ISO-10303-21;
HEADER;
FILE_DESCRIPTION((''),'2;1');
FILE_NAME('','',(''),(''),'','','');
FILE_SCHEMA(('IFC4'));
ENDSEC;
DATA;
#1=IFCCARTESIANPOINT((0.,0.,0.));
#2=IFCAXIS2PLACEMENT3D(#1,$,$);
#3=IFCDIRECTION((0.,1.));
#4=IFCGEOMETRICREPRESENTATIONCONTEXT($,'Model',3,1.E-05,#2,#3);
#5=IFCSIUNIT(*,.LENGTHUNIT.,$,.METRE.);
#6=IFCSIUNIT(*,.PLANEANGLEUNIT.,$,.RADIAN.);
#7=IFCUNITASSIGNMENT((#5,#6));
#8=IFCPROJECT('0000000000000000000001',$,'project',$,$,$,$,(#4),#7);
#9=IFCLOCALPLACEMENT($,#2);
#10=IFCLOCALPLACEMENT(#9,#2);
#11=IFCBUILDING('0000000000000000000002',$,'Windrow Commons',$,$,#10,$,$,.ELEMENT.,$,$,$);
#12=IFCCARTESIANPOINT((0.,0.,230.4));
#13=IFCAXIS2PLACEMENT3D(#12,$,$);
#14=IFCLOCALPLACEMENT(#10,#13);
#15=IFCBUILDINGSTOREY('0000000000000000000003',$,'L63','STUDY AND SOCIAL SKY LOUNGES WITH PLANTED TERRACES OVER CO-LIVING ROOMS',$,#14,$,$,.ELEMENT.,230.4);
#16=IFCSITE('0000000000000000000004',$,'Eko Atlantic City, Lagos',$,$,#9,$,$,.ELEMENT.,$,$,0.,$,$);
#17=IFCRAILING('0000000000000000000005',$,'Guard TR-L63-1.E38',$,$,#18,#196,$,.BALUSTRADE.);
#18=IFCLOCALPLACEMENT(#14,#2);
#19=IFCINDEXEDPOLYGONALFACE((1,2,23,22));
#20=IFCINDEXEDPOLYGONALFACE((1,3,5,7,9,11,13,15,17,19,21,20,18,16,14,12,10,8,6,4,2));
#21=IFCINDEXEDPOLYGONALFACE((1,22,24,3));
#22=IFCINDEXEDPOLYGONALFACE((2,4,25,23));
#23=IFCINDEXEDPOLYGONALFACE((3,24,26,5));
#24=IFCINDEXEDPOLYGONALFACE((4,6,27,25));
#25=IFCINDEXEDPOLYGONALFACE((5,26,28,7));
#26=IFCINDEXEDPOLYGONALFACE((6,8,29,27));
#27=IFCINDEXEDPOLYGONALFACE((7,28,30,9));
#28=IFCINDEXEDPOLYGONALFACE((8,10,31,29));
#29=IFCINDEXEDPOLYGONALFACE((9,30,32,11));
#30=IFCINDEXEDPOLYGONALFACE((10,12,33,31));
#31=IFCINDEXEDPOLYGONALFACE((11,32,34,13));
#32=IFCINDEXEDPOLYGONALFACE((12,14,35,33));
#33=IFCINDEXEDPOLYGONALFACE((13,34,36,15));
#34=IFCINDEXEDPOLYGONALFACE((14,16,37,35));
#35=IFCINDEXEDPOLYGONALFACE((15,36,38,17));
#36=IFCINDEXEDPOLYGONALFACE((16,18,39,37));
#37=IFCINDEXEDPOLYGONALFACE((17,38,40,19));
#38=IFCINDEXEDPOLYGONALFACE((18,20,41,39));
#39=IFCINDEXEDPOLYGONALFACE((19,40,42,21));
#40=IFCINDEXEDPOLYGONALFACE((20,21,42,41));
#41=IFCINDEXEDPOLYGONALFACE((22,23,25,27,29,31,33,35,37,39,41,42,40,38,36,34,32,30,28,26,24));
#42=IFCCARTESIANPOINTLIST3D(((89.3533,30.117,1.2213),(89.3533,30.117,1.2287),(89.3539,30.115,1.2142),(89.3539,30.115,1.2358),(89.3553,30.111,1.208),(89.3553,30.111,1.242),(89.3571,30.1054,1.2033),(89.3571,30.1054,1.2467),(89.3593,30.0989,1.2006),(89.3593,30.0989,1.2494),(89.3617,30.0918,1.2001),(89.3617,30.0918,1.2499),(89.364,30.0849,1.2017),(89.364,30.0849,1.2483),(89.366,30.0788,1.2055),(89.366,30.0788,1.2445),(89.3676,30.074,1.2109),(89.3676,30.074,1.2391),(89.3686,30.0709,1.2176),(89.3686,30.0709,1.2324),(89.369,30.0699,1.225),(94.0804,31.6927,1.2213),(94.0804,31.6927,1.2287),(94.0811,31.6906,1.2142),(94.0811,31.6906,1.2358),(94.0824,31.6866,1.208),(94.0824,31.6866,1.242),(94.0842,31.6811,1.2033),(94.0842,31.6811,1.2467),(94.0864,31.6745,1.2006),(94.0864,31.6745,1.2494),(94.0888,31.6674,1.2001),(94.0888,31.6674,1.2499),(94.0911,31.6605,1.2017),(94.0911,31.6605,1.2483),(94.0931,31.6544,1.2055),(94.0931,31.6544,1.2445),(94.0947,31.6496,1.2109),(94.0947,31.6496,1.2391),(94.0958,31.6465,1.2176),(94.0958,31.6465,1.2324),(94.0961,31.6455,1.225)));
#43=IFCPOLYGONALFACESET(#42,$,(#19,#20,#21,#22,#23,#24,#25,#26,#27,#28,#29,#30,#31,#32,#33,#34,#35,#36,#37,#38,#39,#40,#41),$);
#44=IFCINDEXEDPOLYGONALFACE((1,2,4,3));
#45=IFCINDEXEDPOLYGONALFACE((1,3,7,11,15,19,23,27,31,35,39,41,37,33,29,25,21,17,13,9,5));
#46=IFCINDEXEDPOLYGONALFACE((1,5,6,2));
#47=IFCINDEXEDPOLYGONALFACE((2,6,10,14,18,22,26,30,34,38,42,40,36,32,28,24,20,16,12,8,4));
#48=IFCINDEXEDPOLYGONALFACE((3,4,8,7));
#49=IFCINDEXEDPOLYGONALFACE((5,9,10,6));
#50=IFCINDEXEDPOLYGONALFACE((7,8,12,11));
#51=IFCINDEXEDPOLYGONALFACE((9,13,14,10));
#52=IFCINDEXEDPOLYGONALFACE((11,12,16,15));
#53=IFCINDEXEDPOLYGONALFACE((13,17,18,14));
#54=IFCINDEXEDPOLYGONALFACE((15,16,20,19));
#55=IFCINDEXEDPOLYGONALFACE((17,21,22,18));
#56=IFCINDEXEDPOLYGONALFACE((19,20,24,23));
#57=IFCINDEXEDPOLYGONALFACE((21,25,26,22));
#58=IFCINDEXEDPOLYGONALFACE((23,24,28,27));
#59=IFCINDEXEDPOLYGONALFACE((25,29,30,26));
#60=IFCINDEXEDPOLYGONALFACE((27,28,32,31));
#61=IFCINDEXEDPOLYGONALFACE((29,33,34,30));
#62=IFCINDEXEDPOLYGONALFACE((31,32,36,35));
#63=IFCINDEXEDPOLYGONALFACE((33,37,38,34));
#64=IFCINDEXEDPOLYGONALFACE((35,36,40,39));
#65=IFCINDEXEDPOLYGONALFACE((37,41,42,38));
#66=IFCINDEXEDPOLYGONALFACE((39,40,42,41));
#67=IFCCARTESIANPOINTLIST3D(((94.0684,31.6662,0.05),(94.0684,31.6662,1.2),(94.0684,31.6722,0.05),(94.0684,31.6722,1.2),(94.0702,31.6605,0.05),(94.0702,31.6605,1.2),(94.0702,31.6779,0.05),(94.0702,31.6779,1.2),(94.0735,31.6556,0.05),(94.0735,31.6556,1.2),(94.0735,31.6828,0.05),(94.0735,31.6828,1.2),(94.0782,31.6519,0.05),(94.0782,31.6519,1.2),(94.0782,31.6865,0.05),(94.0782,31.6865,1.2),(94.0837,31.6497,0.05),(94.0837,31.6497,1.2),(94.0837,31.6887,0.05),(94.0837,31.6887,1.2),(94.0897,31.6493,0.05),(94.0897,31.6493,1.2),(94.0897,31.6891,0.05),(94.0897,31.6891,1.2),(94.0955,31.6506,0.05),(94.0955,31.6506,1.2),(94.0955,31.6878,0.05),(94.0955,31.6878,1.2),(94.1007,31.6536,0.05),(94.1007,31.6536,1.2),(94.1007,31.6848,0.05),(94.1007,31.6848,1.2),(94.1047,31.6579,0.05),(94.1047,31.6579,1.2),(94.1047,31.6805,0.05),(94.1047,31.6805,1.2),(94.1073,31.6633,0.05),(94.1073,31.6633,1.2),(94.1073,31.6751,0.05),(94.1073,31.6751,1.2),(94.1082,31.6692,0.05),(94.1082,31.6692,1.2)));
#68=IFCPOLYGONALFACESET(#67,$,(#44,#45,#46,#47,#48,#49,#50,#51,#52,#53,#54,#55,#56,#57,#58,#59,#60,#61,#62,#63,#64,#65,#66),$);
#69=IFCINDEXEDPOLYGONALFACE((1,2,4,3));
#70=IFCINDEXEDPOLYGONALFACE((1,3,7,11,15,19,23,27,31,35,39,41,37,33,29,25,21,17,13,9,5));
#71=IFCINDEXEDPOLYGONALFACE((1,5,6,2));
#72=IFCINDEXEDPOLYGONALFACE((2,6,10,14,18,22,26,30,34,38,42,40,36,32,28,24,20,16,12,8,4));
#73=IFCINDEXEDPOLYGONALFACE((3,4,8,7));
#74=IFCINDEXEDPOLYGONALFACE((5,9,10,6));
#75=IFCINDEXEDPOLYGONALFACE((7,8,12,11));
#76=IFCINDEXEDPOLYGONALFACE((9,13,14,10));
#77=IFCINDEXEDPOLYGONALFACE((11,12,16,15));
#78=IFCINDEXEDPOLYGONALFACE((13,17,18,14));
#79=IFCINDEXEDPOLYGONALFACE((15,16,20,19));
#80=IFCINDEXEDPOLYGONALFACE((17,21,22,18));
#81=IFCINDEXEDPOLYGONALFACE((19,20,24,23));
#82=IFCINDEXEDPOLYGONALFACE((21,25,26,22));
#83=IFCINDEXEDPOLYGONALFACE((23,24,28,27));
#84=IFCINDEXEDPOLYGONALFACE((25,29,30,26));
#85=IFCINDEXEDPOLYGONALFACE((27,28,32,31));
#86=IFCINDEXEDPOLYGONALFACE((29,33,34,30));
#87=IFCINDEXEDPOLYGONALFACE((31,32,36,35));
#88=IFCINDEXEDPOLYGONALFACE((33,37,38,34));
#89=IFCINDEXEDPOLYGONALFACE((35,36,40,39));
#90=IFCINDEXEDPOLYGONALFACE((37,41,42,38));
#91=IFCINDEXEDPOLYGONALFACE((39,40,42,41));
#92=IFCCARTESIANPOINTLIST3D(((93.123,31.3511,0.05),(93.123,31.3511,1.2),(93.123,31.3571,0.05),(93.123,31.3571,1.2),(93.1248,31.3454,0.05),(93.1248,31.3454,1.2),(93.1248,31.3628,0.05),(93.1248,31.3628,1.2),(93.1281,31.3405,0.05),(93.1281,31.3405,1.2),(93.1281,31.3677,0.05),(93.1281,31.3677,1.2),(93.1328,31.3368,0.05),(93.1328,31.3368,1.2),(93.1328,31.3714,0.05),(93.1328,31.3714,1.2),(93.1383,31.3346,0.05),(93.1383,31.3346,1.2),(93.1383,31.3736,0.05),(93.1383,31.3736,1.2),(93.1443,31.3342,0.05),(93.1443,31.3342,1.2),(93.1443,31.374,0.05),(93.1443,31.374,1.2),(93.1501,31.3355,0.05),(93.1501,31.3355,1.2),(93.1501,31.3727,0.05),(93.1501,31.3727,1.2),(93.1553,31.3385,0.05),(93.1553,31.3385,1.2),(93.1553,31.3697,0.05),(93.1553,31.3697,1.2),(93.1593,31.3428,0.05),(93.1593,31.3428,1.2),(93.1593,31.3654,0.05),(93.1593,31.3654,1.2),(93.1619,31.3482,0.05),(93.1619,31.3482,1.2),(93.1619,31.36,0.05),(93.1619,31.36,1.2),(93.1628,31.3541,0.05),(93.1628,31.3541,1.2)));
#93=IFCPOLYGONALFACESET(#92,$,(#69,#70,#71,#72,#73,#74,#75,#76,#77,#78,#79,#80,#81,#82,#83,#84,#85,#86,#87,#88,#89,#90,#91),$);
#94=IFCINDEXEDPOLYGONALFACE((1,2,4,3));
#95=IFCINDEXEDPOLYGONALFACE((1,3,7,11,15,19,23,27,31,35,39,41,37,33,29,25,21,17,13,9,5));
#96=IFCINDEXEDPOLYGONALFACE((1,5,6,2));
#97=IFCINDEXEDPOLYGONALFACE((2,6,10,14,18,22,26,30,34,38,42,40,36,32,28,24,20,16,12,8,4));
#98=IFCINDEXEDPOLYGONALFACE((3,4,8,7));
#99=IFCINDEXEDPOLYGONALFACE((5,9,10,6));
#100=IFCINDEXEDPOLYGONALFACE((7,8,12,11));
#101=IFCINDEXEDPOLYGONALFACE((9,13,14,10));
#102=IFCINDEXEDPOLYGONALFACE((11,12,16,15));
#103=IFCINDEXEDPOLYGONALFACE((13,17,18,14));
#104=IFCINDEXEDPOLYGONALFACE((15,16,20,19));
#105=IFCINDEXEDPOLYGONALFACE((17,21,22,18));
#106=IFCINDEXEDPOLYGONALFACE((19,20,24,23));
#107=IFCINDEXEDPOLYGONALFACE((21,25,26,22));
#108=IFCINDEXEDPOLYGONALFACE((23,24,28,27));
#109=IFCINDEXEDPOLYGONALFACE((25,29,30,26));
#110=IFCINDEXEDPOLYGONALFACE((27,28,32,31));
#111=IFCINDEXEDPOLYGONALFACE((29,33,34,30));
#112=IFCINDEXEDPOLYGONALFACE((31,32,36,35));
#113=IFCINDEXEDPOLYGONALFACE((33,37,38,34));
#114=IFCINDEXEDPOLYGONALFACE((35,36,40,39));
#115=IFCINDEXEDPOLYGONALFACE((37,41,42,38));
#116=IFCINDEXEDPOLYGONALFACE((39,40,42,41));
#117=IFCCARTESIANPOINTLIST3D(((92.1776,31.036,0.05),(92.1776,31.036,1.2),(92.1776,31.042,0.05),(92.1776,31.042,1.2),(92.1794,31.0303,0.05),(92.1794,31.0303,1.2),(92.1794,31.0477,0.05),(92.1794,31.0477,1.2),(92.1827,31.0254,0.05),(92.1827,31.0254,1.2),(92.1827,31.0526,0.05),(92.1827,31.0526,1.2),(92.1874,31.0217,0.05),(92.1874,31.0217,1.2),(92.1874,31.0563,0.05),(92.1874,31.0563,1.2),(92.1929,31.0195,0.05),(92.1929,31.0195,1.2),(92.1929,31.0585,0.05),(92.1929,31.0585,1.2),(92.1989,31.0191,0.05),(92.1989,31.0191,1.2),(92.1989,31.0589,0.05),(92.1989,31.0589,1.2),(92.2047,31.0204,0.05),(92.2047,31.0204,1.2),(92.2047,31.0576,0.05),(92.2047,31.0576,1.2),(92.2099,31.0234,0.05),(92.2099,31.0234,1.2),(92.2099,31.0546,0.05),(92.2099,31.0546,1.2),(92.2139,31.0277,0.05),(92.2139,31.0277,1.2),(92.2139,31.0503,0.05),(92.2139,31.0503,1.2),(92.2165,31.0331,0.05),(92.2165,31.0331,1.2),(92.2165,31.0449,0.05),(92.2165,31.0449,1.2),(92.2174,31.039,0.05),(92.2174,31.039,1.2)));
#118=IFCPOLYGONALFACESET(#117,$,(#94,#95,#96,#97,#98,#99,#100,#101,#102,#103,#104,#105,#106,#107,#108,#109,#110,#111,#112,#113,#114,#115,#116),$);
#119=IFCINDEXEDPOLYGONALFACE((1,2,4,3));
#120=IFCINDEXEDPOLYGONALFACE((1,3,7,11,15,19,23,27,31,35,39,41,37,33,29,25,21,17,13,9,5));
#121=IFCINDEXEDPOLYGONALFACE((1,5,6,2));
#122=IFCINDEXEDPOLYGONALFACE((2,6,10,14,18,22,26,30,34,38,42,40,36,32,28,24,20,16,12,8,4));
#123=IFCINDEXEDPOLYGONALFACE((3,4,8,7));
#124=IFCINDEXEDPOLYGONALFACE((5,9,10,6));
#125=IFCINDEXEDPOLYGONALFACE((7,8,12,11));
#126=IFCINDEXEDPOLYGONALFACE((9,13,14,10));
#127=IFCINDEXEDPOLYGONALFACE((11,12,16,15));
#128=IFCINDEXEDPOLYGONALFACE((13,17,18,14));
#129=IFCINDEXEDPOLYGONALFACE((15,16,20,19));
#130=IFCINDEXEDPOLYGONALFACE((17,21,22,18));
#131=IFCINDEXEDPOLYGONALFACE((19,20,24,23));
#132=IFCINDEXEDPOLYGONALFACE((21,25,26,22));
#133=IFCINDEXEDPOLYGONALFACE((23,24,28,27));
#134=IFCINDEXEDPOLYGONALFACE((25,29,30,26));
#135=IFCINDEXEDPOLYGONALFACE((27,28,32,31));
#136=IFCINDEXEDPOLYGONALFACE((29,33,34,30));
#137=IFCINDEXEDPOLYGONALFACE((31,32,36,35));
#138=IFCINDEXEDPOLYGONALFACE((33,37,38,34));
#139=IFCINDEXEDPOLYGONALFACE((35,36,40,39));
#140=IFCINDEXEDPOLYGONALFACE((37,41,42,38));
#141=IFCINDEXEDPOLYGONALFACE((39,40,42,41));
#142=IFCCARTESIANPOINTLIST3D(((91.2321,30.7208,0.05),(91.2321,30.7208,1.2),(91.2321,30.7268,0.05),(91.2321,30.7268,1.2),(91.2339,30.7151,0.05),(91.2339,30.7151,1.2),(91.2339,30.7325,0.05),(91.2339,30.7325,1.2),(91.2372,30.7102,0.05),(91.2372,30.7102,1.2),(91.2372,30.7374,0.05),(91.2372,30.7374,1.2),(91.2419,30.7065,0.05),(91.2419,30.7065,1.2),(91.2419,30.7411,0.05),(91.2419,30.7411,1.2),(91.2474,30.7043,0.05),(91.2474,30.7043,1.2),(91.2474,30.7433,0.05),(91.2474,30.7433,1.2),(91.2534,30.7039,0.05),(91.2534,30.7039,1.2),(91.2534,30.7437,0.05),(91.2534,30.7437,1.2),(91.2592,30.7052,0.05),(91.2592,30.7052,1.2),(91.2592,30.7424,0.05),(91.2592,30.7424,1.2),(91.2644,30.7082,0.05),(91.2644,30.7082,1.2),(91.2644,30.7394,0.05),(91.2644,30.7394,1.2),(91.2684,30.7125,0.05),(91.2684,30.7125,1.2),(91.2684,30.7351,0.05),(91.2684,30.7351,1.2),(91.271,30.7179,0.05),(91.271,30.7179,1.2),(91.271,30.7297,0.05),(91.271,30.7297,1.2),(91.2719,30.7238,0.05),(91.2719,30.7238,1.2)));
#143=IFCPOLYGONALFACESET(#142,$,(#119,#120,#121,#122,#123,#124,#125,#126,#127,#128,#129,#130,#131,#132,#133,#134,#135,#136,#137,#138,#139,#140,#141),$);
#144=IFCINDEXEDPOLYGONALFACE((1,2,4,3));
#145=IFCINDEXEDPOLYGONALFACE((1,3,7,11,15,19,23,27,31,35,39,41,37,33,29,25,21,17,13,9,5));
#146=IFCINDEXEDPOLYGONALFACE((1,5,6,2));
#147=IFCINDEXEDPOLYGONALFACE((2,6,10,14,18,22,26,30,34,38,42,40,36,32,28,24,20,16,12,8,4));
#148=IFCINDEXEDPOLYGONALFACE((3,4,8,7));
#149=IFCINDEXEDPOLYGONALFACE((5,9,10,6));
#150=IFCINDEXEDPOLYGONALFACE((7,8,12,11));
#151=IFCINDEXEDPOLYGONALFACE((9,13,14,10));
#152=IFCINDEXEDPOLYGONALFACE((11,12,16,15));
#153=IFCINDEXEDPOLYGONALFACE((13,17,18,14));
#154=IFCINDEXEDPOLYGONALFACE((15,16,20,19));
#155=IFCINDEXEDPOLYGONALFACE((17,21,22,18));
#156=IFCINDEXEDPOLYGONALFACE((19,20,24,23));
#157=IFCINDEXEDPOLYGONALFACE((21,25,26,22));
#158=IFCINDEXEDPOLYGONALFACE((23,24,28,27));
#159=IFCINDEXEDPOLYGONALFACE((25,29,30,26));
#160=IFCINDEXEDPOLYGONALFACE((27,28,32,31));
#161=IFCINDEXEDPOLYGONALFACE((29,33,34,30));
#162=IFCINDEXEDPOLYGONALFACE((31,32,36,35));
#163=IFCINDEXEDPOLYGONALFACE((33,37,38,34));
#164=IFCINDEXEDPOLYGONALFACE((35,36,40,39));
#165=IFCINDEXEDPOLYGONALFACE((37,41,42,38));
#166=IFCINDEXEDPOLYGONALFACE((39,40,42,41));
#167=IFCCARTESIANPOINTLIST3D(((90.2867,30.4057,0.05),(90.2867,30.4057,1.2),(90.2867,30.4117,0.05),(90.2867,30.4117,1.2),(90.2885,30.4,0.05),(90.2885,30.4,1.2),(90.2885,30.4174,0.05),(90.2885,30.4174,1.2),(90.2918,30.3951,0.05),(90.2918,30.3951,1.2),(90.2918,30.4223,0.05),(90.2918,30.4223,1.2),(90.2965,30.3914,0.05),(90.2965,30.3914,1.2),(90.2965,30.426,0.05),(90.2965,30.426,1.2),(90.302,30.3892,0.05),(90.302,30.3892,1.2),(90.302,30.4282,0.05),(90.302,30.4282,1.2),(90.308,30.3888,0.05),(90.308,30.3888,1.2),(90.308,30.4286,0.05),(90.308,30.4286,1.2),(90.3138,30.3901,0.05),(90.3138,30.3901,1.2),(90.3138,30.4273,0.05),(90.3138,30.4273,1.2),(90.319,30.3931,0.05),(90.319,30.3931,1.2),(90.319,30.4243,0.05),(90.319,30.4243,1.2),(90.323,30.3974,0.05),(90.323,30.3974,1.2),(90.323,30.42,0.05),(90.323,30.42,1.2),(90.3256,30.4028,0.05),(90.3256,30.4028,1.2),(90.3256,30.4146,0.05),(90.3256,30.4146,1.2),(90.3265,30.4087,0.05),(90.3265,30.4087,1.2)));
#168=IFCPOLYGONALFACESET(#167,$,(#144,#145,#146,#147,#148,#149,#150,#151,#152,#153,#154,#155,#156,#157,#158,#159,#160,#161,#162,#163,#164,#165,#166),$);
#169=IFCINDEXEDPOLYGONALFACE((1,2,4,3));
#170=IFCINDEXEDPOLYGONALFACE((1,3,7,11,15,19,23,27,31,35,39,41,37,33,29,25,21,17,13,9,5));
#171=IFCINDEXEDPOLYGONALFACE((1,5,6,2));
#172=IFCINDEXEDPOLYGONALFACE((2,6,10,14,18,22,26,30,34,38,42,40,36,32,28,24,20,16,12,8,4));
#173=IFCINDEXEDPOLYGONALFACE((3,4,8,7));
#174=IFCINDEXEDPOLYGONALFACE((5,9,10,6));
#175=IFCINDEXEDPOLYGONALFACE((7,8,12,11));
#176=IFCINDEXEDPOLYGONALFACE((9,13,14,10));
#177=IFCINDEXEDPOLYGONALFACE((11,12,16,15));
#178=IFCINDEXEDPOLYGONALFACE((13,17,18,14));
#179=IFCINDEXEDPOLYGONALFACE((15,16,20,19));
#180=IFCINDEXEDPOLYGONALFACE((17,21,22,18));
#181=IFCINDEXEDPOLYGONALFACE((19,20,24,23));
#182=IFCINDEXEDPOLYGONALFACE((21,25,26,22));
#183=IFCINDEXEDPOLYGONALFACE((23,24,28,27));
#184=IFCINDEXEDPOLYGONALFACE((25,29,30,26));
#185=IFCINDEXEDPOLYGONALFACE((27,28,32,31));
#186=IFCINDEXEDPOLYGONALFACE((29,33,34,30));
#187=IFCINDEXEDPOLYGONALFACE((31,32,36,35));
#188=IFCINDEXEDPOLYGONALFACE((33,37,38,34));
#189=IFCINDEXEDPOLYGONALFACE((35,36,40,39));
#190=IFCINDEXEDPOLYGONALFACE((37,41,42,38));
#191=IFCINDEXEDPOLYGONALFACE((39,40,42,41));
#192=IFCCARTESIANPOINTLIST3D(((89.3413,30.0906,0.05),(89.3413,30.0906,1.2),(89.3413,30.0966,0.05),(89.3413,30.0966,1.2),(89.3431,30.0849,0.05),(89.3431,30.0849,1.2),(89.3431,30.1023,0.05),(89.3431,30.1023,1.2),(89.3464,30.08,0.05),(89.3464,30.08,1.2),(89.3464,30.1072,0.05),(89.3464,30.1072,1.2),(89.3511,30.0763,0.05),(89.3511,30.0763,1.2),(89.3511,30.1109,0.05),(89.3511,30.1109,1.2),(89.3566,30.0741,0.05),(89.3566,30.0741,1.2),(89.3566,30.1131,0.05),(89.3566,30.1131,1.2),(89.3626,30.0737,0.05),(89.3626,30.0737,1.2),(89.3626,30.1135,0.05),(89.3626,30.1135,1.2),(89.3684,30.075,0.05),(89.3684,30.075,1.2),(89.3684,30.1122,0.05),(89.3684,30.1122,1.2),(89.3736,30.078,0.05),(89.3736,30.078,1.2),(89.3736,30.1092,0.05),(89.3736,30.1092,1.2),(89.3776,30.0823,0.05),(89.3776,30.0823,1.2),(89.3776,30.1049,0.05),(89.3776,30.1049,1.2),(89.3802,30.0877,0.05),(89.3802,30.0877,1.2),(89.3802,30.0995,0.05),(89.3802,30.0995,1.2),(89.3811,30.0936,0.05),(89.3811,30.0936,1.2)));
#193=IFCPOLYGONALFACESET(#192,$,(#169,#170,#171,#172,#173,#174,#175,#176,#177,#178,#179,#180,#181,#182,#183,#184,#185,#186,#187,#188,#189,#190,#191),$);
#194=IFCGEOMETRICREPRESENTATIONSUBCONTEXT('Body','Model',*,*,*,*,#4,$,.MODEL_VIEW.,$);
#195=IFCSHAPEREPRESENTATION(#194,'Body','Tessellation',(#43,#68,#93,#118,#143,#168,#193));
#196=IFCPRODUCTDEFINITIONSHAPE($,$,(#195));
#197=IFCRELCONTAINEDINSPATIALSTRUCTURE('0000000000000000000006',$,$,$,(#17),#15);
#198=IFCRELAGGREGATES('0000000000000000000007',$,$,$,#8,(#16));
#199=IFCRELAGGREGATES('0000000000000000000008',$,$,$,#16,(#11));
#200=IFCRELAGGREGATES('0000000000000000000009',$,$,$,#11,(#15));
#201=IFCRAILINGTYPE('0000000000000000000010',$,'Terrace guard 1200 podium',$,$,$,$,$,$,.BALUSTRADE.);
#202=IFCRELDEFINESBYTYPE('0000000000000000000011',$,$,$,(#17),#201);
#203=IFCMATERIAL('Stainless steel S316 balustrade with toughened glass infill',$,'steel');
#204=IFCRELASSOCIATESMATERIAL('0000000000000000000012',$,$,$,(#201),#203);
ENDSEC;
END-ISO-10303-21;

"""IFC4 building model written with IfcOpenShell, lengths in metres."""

from ifc_helpers import new_model, si_unit, direction, frame, origin, origin_2d, place, context, subcontext, project, spatial, circle, extrude, material, type_object, element, save


model = new_model("IFC4")

# Units and contexts
model_context = context("Model", 3, precision=1e-05, world=origin(), true_north=direction((0.0, 1.0)))
body_context = subcontext(model_context, "Body", "Model", "MODEL_VIEW")
ifc_project = project(units=[si_unit("LENGTHUNIT", "METRE"), si_unit("PLANEANGLEUNIT", "RADIAN")], contexts=[model_context])

# Site, building, storey
site_placement = place(None, origin())
site = spatial("IfcSite", under=ifc_project, at=site_placement, Name="Eko Atlantic City, Lagos", CompositionType="ELEMENT", RefElevation=0.0)
building_placement = place(site_placement, origin())
building = spatial("IfcBuilding", under=site, at=building_placement, Name="Windrow Commons", CompositionType="ELEMENT")
storey_placement = place(building_placement, frame((0.0, 0.0, 230.4)))
storey = spatial("IfcBuildingStorey", under=building, at=storey_placement, Name="L63", Description="STUDY AND SOCIAL SKY LOUNGES WITH PLANTED TERRACES OVER CO-LIVING ROOMS", CompositionType="ELEMENT", Elevation=230.4)

# Railing
ifc_material_1 = material(Name="Stainless steel S316 balustrade with toughened glass infill", Category="steel")
railing_type = type_object("IfcRailingType", Name="Terrace guard 1200 podium", PredefinedType="BALUSTRADE", material=ifc_material_1)
railing_1_placement = place(storey_placement, frame((94.0882, 31.6692, 0.05)))
element("IfcRailing", 1, at=railing_1_placement, inside=storey, type_object=railing_type, Name="Guard TR-L63-1.E38", PredefinedType="BALUSTRADE", context=body_context, shape_type="SweptSolid", body=[
    extrude(circle(Radius=0.025, at=origin_2d()), frame((0.0, 0.0, 1.175), z_axis=(-0.948689, -0.31621, 0.0), x_axis=(0.31621, -0.948689, 0.0)), (0.0, 0.0, 1.0), 4.9828),
    extrude(circle(Radius=0.02, at=origin_2d()), origin(), (0.0, 0.0, 1.0), 1.15),
    extrude(circle(Radius=0.02, at=origin_2d()), frame((-0.9454, -0.3151, 0.0)), (0.0, 0.0, 1.0), 1.15),
    extrude(circle(Radius=0.02, at=origin_2d()), frame((-1.8908, -0.6302, 0.0)), (0.0, 0.0, 1.0), 1.15),
    extrude(circle(Radius=0.02, at=origin_2d()), frame((-2.8363, -0.9454, 0.0)), (0.0, 0.0, 1.0), 1.15),
    extrude(circle(Radius=0.02, at=origin_2d()), frame((-3.7817, -1.2605, 0.0)), (0.0, 0.0, 1.0), 1.15),
    extrude(circle(Radius=0.02, at=origin_2d()), frame((-4.7271, -1.5756, 0.0)), (0.0, 0.0, 1.0), 1.15),
])

save(model, "model.ifc")
